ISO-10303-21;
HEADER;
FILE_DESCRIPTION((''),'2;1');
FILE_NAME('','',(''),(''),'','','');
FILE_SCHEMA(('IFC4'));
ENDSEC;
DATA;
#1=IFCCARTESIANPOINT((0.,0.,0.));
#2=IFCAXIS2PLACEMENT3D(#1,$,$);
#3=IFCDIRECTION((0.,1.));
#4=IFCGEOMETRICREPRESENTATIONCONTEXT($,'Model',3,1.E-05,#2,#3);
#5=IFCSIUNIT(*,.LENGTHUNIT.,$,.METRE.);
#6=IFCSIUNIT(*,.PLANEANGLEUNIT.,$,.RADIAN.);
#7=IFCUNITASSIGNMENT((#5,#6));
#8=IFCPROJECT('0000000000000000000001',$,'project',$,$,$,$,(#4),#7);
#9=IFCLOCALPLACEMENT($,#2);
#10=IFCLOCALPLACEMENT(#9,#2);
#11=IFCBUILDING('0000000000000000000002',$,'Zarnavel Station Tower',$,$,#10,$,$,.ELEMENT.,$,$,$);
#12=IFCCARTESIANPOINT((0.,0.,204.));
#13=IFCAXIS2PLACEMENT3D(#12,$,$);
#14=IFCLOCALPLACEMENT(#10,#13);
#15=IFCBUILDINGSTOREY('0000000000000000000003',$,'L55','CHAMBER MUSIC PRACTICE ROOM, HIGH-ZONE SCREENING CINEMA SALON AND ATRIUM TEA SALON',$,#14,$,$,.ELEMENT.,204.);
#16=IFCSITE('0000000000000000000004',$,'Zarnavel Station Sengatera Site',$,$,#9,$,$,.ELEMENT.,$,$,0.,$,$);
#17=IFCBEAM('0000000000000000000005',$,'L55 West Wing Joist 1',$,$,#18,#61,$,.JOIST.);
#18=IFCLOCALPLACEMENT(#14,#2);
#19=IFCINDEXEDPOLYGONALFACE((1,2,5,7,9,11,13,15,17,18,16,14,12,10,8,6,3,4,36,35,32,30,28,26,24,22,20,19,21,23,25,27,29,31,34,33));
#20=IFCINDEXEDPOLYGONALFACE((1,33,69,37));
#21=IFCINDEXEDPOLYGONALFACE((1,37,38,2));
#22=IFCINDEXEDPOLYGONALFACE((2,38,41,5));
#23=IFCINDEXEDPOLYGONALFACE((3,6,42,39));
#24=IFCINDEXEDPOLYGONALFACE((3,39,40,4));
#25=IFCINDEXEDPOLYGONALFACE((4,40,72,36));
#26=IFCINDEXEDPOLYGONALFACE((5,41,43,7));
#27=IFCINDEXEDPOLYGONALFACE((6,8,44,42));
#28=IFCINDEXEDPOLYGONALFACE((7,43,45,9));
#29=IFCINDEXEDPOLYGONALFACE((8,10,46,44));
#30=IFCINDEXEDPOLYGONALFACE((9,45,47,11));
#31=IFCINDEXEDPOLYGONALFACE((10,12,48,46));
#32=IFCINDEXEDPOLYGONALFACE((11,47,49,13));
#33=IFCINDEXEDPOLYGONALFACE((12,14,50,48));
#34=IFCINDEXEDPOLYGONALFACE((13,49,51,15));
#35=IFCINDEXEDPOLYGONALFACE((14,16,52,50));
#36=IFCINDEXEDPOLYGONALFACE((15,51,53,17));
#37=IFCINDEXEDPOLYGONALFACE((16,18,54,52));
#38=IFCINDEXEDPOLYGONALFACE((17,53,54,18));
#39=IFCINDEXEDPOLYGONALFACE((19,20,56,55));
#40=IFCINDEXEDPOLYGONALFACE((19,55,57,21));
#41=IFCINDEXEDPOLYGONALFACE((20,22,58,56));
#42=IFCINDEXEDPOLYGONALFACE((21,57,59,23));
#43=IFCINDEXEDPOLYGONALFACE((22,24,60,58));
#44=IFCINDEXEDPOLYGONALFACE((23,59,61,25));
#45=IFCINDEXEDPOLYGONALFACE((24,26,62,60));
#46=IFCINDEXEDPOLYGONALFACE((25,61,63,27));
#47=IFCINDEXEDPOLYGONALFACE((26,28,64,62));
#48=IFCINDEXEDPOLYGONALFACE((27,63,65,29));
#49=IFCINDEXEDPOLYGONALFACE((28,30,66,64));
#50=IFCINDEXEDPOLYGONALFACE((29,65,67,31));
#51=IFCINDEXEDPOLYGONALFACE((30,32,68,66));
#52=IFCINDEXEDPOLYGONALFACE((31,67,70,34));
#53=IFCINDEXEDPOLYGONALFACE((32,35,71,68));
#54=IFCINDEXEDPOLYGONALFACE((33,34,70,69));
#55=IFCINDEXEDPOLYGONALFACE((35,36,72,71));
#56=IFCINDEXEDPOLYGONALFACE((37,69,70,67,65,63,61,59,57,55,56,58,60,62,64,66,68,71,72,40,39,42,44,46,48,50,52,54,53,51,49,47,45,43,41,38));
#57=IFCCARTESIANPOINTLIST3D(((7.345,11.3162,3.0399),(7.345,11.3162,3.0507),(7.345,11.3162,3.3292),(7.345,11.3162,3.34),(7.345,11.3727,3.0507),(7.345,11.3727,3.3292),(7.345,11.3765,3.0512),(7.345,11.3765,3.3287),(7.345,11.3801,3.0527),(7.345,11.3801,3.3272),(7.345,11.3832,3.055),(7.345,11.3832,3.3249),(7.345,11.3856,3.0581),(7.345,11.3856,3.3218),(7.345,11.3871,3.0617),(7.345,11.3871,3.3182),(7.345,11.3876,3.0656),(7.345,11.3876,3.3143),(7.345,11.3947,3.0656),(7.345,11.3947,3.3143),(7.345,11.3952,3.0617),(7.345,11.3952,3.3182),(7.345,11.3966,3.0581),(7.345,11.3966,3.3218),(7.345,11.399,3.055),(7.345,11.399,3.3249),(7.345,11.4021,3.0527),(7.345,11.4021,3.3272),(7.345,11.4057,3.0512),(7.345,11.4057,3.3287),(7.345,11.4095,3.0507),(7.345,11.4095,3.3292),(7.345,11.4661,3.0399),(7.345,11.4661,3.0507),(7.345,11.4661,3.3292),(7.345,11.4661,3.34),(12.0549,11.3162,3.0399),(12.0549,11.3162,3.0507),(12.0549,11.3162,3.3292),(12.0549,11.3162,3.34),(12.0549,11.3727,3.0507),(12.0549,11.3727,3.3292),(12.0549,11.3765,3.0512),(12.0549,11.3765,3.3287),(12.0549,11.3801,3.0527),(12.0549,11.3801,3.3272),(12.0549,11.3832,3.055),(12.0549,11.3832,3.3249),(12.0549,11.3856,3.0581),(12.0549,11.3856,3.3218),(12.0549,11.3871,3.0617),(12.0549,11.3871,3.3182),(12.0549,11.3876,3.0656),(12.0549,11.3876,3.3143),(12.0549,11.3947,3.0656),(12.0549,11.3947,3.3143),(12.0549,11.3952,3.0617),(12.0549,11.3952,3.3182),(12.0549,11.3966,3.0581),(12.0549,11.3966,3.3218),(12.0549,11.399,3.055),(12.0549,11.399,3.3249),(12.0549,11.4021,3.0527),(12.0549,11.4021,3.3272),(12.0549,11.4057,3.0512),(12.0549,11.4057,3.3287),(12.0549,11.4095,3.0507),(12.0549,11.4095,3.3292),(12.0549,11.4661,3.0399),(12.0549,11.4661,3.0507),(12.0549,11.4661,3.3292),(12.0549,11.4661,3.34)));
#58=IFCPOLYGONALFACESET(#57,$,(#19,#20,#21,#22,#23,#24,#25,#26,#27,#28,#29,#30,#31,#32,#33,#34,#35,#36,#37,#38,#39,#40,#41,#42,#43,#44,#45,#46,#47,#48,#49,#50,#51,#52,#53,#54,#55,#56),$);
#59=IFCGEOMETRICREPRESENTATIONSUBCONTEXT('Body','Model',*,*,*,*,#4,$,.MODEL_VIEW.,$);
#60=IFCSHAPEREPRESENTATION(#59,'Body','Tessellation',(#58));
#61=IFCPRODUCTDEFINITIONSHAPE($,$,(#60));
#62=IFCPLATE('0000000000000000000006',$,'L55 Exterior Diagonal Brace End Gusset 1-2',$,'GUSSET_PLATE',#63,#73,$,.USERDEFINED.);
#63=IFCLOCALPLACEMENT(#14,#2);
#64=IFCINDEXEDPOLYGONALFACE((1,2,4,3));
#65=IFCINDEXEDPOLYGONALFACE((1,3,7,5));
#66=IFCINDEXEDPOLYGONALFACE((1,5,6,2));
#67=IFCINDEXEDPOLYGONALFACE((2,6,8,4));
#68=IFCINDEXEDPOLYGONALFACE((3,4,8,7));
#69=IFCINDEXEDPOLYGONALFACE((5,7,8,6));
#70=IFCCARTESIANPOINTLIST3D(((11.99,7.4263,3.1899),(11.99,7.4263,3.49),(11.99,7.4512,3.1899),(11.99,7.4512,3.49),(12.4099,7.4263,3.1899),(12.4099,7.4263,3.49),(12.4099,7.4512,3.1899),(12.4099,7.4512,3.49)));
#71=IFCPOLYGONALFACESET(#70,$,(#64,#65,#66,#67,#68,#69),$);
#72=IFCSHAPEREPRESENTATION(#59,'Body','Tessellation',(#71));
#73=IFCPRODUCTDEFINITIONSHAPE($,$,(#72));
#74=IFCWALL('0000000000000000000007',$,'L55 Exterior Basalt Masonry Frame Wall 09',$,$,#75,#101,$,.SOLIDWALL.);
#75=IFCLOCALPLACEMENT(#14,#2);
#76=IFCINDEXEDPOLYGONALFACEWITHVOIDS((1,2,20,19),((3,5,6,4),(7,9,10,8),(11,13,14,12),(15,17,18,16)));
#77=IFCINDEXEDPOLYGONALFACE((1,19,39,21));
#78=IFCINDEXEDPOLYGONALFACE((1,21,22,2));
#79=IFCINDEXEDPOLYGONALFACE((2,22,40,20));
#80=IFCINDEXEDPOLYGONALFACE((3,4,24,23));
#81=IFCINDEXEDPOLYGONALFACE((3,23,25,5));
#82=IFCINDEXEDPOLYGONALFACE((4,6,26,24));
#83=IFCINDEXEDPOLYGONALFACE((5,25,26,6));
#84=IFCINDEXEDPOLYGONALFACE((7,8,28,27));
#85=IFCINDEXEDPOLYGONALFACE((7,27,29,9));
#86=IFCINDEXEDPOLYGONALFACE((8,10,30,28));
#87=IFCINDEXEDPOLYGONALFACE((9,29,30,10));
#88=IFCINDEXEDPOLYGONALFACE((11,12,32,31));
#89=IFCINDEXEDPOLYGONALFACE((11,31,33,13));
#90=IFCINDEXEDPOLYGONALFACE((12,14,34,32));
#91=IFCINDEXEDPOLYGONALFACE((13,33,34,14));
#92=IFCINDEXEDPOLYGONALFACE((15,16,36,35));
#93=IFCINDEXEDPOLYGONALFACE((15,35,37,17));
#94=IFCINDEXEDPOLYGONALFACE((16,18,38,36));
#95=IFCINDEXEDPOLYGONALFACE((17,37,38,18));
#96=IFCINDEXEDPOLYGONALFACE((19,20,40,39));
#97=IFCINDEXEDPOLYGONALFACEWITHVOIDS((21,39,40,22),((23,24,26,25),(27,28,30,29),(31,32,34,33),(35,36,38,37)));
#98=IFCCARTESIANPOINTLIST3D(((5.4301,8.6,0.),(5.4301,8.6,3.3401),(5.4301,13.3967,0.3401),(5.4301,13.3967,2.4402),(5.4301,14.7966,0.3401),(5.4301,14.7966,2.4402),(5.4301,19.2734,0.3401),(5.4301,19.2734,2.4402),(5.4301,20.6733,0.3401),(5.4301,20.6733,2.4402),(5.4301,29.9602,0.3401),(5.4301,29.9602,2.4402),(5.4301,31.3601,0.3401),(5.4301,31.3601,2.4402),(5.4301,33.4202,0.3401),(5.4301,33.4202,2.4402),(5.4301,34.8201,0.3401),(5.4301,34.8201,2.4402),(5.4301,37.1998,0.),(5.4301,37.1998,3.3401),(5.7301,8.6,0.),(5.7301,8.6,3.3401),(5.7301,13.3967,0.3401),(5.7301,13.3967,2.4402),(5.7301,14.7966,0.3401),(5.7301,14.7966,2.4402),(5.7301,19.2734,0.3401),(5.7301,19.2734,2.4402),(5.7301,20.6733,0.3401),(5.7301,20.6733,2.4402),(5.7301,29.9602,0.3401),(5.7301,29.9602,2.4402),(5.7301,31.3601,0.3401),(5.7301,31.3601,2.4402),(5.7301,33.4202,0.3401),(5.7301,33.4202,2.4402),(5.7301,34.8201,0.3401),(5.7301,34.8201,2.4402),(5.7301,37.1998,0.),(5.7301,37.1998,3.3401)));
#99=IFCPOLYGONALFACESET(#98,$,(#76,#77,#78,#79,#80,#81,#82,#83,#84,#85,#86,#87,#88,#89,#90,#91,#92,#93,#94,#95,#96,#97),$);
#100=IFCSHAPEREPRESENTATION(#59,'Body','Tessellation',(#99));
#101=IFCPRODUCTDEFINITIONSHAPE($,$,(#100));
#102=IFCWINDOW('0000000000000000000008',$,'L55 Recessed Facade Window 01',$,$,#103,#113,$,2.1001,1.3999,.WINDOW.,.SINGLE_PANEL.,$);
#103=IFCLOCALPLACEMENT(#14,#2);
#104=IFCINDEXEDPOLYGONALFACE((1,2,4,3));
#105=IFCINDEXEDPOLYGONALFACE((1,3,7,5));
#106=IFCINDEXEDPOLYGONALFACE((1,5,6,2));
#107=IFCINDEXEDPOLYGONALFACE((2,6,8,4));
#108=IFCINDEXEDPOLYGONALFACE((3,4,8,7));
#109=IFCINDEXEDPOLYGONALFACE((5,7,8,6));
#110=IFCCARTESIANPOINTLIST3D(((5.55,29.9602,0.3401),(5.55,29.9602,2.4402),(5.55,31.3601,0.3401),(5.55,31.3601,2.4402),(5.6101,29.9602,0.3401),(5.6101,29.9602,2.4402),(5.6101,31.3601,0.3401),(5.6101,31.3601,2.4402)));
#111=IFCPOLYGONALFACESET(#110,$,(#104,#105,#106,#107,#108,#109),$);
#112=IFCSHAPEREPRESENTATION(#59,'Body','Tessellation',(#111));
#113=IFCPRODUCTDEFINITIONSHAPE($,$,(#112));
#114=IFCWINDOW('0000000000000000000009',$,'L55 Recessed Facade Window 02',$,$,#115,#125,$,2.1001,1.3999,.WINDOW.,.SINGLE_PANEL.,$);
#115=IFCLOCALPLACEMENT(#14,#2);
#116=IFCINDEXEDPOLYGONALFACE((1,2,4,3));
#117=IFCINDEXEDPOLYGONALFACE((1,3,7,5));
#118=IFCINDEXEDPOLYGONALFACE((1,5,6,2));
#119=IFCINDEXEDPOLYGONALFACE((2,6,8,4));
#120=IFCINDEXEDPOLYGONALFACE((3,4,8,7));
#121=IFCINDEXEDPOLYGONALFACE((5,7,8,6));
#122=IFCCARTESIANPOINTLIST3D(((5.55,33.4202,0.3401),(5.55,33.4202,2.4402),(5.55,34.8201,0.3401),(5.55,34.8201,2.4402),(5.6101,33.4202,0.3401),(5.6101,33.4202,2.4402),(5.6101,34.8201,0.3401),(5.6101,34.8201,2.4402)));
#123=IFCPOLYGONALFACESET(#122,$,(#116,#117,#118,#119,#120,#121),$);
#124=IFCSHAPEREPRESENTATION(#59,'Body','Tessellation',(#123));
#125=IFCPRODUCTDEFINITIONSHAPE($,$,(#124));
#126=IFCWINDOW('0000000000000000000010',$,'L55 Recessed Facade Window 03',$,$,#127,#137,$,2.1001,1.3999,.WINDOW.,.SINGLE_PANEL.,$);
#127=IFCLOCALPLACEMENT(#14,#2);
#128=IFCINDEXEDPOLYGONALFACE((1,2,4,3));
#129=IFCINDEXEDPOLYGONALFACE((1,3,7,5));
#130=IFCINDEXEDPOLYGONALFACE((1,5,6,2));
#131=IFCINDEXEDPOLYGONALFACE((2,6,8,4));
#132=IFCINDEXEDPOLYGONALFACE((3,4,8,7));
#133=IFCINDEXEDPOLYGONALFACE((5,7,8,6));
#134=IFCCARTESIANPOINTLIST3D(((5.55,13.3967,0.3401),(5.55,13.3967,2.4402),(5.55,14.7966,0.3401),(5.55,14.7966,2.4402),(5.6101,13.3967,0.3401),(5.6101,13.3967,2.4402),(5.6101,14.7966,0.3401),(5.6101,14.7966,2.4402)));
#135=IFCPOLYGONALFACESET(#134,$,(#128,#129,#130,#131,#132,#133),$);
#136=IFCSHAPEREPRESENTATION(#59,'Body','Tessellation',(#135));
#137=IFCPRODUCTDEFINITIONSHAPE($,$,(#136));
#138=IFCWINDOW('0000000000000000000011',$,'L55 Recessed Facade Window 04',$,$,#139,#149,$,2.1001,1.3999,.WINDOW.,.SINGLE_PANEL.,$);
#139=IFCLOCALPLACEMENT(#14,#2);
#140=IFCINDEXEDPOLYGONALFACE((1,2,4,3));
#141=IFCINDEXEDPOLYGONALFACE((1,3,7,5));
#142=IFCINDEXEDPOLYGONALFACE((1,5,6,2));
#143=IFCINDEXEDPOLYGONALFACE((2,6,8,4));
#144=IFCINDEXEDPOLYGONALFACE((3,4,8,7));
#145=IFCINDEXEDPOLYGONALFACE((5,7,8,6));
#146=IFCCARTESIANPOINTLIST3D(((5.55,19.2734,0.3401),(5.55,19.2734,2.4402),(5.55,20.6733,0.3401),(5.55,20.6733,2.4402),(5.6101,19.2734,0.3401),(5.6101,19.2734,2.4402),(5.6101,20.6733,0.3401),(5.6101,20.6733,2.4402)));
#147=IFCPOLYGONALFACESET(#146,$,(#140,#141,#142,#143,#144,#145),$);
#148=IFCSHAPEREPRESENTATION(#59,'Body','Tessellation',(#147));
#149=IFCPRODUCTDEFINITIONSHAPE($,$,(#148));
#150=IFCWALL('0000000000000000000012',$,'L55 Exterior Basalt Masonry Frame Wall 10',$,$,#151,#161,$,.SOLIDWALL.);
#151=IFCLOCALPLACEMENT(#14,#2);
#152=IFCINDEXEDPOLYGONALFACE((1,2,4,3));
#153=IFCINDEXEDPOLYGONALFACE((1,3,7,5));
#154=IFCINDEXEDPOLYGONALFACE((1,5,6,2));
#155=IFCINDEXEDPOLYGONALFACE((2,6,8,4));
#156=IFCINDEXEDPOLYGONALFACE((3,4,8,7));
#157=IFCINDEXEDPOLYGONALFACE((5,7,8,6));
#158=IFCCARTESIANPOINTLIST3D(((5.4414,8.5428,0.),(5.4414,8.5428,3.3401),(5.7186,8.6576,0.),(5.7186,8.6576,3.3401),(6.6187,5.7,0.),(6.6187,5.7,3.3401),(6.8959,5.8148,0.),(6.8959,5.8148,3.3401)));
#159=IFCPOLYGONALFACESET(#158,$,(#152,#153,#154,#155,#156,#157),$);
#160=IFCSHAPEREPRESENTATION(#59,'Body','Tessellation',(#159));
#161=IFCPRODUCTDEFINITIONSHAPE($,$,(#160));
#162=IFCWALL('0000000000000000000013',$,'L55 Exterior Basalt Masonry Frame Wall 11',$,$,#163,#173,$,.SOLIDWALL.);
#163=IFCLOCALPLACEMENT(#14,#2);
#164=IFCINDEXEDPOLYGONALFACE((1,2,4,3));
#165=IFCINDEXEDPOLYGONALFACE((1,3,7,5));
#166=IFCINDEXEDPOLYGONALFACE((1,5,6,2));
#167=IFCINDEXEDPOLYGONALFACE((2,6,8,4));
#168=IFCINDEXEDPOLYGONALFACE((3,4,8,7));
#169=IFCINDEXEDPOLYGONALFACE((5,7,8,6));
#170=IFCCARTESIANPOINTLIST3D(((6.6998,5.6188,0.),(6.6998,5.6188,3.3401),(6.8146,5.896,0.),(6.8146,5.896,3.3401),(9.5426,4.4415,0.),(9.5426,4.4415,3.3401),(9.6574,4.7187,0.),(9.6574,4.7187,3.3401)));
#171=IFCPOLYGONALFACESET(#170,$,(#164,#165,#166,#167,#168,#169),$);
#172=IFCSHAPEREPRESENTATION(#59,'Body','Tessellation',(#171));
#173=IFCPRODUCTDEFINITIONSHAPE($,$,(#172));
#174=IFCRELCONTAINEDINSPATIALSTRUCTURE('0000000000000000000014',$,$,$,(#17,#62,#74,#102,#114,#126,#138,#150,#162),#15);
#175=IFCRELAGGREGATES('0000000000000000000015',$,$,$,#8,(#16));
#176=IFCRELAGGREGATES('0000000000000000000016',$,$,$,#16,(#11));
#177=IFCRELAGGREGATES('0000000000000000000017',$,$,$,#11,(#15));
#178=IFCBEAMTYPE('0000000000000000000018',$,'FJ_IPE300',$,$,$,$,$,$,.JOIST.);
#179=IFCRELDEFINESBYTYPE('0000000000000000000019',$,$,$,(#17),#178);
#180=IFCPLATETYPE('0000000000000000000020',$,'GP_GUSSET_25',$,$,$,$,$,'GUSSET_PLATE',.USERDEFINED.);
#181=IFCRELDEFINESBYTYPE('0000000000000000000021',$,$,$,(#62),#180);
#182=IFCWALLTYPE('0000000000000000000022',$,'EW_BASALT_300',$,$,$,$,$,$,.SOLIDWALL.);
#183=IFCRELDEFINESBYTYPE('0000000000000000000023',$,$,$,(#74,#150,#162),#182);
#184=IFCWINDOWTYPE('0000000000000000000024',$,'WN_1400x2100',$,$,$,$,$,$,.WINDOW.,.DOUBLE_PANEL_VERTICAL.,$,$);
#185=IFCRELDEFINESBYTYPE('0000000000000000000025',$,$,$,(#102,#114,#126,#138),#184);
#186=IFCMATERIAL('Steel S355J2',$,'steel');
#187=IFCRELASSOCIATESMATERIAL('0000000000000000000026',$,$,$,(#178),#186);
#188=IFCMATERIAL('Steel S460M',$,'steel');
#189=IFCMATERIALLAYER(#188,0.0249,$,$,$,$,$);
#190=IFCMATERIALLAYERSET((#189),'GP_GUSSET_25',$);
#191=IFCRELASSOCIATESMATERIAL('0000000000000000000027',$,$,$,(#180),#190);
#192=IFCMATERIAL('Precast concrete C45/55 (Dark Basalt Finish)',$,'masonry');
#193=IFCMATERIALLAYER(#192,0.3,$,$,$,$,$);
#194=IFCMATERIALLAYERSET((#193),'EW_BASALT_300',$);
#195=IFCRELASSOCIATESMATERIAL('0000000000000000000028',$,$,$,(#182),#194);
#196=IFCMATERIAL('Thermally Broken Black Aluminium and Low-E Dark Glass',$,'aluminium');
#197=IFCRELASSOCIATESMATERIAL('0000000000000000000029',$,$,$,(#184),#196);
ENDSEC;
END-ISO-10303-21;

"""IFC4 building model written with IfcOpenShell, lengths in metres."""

from ifc_helpers import new_model, si_unit, direction, frame, frame_2d, origin, origin_2d, place, context, subcontext, project, spatial, rectangle, i_section, extrude, material, layer, layer_set, material_profile, profile_set, type_object, element, fill, save


model = new_model("IFC4")

# Units and contexts
model_context = context("Model", 3, precision=1e-05, world=origin(), true_north=direction((0.0, 1.0)))
body_context = subcontext(model_context, "Body", "Model", "MODEL_VIEW")
ifc_project = project(units=[si_unit("LENGTHUNIT", "METRE"), si_unit("PLANEANGLEUNIT", "RADIAN")], contexts=[model_context])

# Site, building, storey
site_placement = place(None, origin())
site = spatial("IfcSite", under=ifc_project, at=site_placement, Name="Zarnavel Station Sengatera Site", CompositionType="ELEMENT", RefElevation=0.0)
building_placement = place(site_placement, origin())
building = spatial("IfcBuilding", under=site, at=building_placement, Name="Zarnavel Station Tower", CompositionType="ELEMENT")
storey_placement = place(building_placement, frame((0.0, 0.0, 204.0)))
storey = spatial("IfcBuildingStorey", under=building, at=storey_placement, Name="L55", Description="CHAMBER MUSIC PRACTICE ROOM, HIGH-ZONE SCREENING CINEMA SALON AND ATRIUM TEA SALON", CompositionType="ELEMENT", Elevation=204.0)

# Beam
ifc_material_1 = material(Name="Steel S355J2", Category="steel")
ifc_material_profile_1 = material_profile(ifc_material_1, i_section(OverallWidth=0.1499, OverallDepth=0.3, WebThickness=0.0071, FlangeThickness=0.0107, FilletRadius=0.0149, at=origin_2d()), Name="IPE300")
ifc_profile_set_1 = profile_set([ifc_material_profile_1], Name="Steel S355J2")
beam_type_1 = type_object("IfcBeamType", Name="FJ_IPE300", PredefinedType="JOIST", material=ifc_profile_set_1)
beam_1_placement = place(storey_placement, frame((7.345, 11.3911, 3.1899), z_axis=(1.0, 0.0, 0.0), x_axis=(0.0, 1.0, 0.0)))
element("IfcBeam", 1, at=beam_1_placement, inside=storey, type_object=beam_type_1, Name="L55 West Wing Joist 1", PredefinedType="JOIST", context=body_context, shape_type="SweptSolid", body=[
    extrude(i_section(OverallWidth=0.1499, OverallDepth=0.3, WebThickness=0.0071, FlangeThickness=0.0107, FilletRadius=0.0149, at=origin_2d()), origin(), (0.0, 0.0, 1.0), 4.71),
])

# Plate
ifc_material_2 = material(Name="Steel S460M", Category="steel")
ifc_layer_1 = layer(ifc_material_2, 0.0249)
ifc_layer_set_1 = layer_set([ifc_layer_1], Name="GP_GUSSET_25")
plate_type = type_object("IfcPlateType", Name="GP_GUSSET_25", ElementType="GUSSET_PLATE", PredefinedType="USERDEFINED", material=ifc_layer_set_1)
plate_placement = place(storey_placement, frame((12.2, 7.4387, 3.1899), z_axis=(0.0, 0.0, 1.0), x_axis=(1.0, 0.0, 0.0)))
element("IfcPlate", 2, at=plate_placement, inside=storey, type_object=plate_type, Name="L55 Exterior Diagonal Brace End Gusset 1-2", ObjectType="GUSSET_PLATE", PredefinedType="USERDEFINED", context=body_context, shape_type="SweptSolid", body=[
    extrude(rectangle(XDim=0.4199, YDim=0.0249, at=origin_2d()), origin(), (0.0, 0.0, 1.0), 0.3),
])

# Wall, openings, windows
ifc_material_3 = material(Name="Precast concrete C45/55 (Dark Basalt Finish)", Category="masonry")
ifc_layer_2 = layer(ifc_material_3, 0.3)
ifc_layer_set_2 = layer_set([ifc_layer_2], Name="EW_BASALT_300")
wall_type_1 = type_object("IfcWallType", Name="EW_BASALT_300", PredefinedType="SOLIDWALL", material=ifc_layer_set_2)
wall_1_placement = place(storey_placement, frame((5.5801, 8.6001, 0.0), z_axis=(0.0, 0.0, 1.0), x_axis=(0.0, 1.0, 0.0)))
wall_1 = element("IfcWall", 3, at=wall_1_placement, inside=storey, type_object=wall_type_1, Name="L55 Exterior Basalt Masonry Frame Wall 09", PredefinedType="SOLIDWALL", context=body_context, shape_type="SweptSolid", body=[
    extrude(rectangle(XDim=28.5999, YDim=0.3, at=frame_2d((14.2998, 0.0))), origin(), (0.0, 0.0, 1.0), 3.3401),
])
opening_1_placement = place(wall_1_placement, frame((21.3601, 0.0, 0.3401)))
opening_1 = element("IfcOpeningElement", 4, at=opening_1_placement, cuts=wall_1, PredefinedType="OPENING", context=body_context, shape_type="SweptSolid", body=[
    extrude(rectangle(XDim=1.3999, YDim=2.1001, at=frame_2d((0.7, 1.05))), frame((0.0, 0.1599, 0.0), z_axis=(0.0, -1.0, 0.0), x_axis=(1.0, 0.0, 0.0)), (0.0, 0.0, 1.0), 0.3201),
])
opening_2_placement = place(wall_1_placement, frame((24.8201, 0.0, 0.3401)))
opening_2 = element("IfcOpeningElement", 5, at=opening_2_placement, cuts=wall_1, PredefinedType="OPENING", context=body_context, shape_type="SweptSolid", body=[
    extrude(rectangle(XDim=1.3999, YDim=2.1001, at=frame_2d((0.7, 1.05))), frame((0.0, 0.1599, 0.0), z_axis=(0.0, -1.0, 0.0), x_axis=(1.0, 0.0, 0.0)), (0.0, 0.0, 1.0), 0.3201),
])
opening_3_placement = place(wall_1_placement, frame((4.7966, 0.0, 0.3401)))
opening_3 = element("IfcOpeningElement", 6, at=opening_3_placement, cuts=wall_1, PredefinedType="OPENING", context=body_context, shape_type="SweptSolid", body=[
    extrude(rectangle(XDim=1.3999, YDim=2.1001, at=frame_2d((0.7, 1.05))), frame((0.0, 0.1599, 0.0), z_axis=(0.0, -1.0, 0.0), x_axis=(1.0, 0.0, 0.0)), (0.0, 0.0, 1.0), 0.3201),
])
opening_4_placement = place(wall_1_placement, frame((10.6733, 0.0, 0.3401)))
opening_4 = element("IfcOpeningElement", 7, at=opening_4_placement, cuts=wall_1, PredefinedType="OPENING", context=body_context, shape_type="SweptSolid", body=[
    extrude(rectangle(XDim=1.3999, YDim=2.1001, at=frame_2d((0.7, 1.05))), frame((0.0, 0.1599, 0.0), z_axis=(0.0, -1.0, 0.0), x_axis=(1.0, 0.0, 0.0)), (0.0, 0.0, 1.0), 0.3201),
])
ifc_material_4 = material(Name="Thermally Broken Black Aluminium and Low-E Dark Glass", Category="aluminium")
window_type = type_object("IfcWindowType", Name="WN_1400x2100", PartitioningType="DOUBLE_PANEL_VERTICAL", PredefinedType="WINDOW", material=ifc_material_4)
window_1_placement = place(opening_1_placement, origin())
window_1 = element("IfcWindow", 8, at=window_1_placement, inside=storey, type_object=window_type, Name="L55 Recessed Facade Window 01", OverallHeight=2.1001, OverallWidth=1.3999, PartitioningType="SINGLE_PANEL", PredefinedType="WINDOW", context=body_context, shape_type="SweptSolid", body=[
    extrude(rectangle(XDim=1.3999, YDim=2.1001, at=frame_2d((0.7, 1.05))), frame((0.0, 0.03, 0.0), z_axis=(0.0, -1.0, 0.0), x_axis=(1.0, 0.0, 0.0)), (0.0, 0.0, 1.0), 0.0601),
])
fill(opening_1, window_1)
window_2_placement = place(opening_2_placement, origin())
window_2 = element("IfcWindow", 9, at=window_2_placement, inside=storey, type_object=window_type, Name="L55 Recessed Facade Window 02", OverallHeight=2.1001, OverallWidth=1.3999, PartitioningType="SINGLE_PANEL", PredefinedType="WINDOW", context=body_context, shape_type="SweptSolid", body=[
    extrude(rectangle(XDim=1.3999, YDim=2.1001, at=frame_2d((0.7, 1.05))), frame((0.0, 0.03, 0.0), z_axis=(0.0, -1.0, 0.0), x_axis=(1.0, 0.0, 0.0)), (0.0, 0.0, 1.0), 0.0601),
])
fill(opening_2, window_2)
window_3_placement = place(opening_3_placement, origin())
window_3 = element("IfcWindow", 10, at=window_3_placement, inside=storey, type_object=window_type, Name="L55 Recessed Facade Window 03", OverallHeight=2.1001, OverallWidth=1.3999, PartitioningType="SINGLE_PANEL", PredefinedType="WINDOW", context=body_context, shape_type="SweptSolid", body=[
    extrude(rectangle(XDim=1.3999, YDim=2.1001, at=frame_2d((0.7, 1.05))), frame((0.0, 0.03, 0.0), z_axis=(0.0, -1.0, 0.0), x_axis=(1.0, 0.0, 0.0)), (0.0, 0.0, 1.0), 0.0601),
])
fill(opening_3, window_3)
window_4_placement = place(opening_4_placement, origin())
window_4 = element("IfcWindow", 11, at=window_4_placement, inside=storey, type_object=window_type, Name="L55 Recessed Facade Window 04", OverallHeight=2.1001, OverallWidth=1.3999, PartitioningType="SINGLE_PANEL", PredefinedType="WINDOW", context=body_context, shape_type="SweptSolid", body=[
    extrude(rectangle(XDim=1.3999, YDim=2.1001, at=frame_2d((0.7, 1.05))), frame((0.0, 0.03, 0.0), z_axis=(0.0, -1.0, 0.0), x_axis=(1.0, 0.0, 0.0)), (0.0, 0.0, 1.0), 0.0601),
])
fill(opening_4, window_4)

# Walls
for number, where, z_axis, x_axis, name in (
    (12, (6.7573, 5.7573, 0.0), (0.0, 0.0, 1.0), (-0.382609, 0.92391, 0.0), "L55 Exterior Basalt Masonry Frame Wall 10"),
    (13, (9.6001, 4.5801, 0.0), (0.0, 0.0, 1.0), (-0.92391, 0.382609, 0.0), "L55 Exterior Basalt Masonry Frame Wall 11"),
):
    element("IfcWall", number, at=place(storey_placement, frame(where, z_axis=z_axis, x_axis=x_axis)), inside=storey, type_object=wall_type_1, Name=name, PredefinedType="SOLIDWALL", context=body_context, shape_type="SweptSolid", body=[
        extrude(rectangle(XDim=3.0769, YDim=0.3, at=frame_2d((1.5386, 0.0))), origin(), (0.0, 0.0, 1.0), 3.3401),
    ])

save(model, "model.ifc")
